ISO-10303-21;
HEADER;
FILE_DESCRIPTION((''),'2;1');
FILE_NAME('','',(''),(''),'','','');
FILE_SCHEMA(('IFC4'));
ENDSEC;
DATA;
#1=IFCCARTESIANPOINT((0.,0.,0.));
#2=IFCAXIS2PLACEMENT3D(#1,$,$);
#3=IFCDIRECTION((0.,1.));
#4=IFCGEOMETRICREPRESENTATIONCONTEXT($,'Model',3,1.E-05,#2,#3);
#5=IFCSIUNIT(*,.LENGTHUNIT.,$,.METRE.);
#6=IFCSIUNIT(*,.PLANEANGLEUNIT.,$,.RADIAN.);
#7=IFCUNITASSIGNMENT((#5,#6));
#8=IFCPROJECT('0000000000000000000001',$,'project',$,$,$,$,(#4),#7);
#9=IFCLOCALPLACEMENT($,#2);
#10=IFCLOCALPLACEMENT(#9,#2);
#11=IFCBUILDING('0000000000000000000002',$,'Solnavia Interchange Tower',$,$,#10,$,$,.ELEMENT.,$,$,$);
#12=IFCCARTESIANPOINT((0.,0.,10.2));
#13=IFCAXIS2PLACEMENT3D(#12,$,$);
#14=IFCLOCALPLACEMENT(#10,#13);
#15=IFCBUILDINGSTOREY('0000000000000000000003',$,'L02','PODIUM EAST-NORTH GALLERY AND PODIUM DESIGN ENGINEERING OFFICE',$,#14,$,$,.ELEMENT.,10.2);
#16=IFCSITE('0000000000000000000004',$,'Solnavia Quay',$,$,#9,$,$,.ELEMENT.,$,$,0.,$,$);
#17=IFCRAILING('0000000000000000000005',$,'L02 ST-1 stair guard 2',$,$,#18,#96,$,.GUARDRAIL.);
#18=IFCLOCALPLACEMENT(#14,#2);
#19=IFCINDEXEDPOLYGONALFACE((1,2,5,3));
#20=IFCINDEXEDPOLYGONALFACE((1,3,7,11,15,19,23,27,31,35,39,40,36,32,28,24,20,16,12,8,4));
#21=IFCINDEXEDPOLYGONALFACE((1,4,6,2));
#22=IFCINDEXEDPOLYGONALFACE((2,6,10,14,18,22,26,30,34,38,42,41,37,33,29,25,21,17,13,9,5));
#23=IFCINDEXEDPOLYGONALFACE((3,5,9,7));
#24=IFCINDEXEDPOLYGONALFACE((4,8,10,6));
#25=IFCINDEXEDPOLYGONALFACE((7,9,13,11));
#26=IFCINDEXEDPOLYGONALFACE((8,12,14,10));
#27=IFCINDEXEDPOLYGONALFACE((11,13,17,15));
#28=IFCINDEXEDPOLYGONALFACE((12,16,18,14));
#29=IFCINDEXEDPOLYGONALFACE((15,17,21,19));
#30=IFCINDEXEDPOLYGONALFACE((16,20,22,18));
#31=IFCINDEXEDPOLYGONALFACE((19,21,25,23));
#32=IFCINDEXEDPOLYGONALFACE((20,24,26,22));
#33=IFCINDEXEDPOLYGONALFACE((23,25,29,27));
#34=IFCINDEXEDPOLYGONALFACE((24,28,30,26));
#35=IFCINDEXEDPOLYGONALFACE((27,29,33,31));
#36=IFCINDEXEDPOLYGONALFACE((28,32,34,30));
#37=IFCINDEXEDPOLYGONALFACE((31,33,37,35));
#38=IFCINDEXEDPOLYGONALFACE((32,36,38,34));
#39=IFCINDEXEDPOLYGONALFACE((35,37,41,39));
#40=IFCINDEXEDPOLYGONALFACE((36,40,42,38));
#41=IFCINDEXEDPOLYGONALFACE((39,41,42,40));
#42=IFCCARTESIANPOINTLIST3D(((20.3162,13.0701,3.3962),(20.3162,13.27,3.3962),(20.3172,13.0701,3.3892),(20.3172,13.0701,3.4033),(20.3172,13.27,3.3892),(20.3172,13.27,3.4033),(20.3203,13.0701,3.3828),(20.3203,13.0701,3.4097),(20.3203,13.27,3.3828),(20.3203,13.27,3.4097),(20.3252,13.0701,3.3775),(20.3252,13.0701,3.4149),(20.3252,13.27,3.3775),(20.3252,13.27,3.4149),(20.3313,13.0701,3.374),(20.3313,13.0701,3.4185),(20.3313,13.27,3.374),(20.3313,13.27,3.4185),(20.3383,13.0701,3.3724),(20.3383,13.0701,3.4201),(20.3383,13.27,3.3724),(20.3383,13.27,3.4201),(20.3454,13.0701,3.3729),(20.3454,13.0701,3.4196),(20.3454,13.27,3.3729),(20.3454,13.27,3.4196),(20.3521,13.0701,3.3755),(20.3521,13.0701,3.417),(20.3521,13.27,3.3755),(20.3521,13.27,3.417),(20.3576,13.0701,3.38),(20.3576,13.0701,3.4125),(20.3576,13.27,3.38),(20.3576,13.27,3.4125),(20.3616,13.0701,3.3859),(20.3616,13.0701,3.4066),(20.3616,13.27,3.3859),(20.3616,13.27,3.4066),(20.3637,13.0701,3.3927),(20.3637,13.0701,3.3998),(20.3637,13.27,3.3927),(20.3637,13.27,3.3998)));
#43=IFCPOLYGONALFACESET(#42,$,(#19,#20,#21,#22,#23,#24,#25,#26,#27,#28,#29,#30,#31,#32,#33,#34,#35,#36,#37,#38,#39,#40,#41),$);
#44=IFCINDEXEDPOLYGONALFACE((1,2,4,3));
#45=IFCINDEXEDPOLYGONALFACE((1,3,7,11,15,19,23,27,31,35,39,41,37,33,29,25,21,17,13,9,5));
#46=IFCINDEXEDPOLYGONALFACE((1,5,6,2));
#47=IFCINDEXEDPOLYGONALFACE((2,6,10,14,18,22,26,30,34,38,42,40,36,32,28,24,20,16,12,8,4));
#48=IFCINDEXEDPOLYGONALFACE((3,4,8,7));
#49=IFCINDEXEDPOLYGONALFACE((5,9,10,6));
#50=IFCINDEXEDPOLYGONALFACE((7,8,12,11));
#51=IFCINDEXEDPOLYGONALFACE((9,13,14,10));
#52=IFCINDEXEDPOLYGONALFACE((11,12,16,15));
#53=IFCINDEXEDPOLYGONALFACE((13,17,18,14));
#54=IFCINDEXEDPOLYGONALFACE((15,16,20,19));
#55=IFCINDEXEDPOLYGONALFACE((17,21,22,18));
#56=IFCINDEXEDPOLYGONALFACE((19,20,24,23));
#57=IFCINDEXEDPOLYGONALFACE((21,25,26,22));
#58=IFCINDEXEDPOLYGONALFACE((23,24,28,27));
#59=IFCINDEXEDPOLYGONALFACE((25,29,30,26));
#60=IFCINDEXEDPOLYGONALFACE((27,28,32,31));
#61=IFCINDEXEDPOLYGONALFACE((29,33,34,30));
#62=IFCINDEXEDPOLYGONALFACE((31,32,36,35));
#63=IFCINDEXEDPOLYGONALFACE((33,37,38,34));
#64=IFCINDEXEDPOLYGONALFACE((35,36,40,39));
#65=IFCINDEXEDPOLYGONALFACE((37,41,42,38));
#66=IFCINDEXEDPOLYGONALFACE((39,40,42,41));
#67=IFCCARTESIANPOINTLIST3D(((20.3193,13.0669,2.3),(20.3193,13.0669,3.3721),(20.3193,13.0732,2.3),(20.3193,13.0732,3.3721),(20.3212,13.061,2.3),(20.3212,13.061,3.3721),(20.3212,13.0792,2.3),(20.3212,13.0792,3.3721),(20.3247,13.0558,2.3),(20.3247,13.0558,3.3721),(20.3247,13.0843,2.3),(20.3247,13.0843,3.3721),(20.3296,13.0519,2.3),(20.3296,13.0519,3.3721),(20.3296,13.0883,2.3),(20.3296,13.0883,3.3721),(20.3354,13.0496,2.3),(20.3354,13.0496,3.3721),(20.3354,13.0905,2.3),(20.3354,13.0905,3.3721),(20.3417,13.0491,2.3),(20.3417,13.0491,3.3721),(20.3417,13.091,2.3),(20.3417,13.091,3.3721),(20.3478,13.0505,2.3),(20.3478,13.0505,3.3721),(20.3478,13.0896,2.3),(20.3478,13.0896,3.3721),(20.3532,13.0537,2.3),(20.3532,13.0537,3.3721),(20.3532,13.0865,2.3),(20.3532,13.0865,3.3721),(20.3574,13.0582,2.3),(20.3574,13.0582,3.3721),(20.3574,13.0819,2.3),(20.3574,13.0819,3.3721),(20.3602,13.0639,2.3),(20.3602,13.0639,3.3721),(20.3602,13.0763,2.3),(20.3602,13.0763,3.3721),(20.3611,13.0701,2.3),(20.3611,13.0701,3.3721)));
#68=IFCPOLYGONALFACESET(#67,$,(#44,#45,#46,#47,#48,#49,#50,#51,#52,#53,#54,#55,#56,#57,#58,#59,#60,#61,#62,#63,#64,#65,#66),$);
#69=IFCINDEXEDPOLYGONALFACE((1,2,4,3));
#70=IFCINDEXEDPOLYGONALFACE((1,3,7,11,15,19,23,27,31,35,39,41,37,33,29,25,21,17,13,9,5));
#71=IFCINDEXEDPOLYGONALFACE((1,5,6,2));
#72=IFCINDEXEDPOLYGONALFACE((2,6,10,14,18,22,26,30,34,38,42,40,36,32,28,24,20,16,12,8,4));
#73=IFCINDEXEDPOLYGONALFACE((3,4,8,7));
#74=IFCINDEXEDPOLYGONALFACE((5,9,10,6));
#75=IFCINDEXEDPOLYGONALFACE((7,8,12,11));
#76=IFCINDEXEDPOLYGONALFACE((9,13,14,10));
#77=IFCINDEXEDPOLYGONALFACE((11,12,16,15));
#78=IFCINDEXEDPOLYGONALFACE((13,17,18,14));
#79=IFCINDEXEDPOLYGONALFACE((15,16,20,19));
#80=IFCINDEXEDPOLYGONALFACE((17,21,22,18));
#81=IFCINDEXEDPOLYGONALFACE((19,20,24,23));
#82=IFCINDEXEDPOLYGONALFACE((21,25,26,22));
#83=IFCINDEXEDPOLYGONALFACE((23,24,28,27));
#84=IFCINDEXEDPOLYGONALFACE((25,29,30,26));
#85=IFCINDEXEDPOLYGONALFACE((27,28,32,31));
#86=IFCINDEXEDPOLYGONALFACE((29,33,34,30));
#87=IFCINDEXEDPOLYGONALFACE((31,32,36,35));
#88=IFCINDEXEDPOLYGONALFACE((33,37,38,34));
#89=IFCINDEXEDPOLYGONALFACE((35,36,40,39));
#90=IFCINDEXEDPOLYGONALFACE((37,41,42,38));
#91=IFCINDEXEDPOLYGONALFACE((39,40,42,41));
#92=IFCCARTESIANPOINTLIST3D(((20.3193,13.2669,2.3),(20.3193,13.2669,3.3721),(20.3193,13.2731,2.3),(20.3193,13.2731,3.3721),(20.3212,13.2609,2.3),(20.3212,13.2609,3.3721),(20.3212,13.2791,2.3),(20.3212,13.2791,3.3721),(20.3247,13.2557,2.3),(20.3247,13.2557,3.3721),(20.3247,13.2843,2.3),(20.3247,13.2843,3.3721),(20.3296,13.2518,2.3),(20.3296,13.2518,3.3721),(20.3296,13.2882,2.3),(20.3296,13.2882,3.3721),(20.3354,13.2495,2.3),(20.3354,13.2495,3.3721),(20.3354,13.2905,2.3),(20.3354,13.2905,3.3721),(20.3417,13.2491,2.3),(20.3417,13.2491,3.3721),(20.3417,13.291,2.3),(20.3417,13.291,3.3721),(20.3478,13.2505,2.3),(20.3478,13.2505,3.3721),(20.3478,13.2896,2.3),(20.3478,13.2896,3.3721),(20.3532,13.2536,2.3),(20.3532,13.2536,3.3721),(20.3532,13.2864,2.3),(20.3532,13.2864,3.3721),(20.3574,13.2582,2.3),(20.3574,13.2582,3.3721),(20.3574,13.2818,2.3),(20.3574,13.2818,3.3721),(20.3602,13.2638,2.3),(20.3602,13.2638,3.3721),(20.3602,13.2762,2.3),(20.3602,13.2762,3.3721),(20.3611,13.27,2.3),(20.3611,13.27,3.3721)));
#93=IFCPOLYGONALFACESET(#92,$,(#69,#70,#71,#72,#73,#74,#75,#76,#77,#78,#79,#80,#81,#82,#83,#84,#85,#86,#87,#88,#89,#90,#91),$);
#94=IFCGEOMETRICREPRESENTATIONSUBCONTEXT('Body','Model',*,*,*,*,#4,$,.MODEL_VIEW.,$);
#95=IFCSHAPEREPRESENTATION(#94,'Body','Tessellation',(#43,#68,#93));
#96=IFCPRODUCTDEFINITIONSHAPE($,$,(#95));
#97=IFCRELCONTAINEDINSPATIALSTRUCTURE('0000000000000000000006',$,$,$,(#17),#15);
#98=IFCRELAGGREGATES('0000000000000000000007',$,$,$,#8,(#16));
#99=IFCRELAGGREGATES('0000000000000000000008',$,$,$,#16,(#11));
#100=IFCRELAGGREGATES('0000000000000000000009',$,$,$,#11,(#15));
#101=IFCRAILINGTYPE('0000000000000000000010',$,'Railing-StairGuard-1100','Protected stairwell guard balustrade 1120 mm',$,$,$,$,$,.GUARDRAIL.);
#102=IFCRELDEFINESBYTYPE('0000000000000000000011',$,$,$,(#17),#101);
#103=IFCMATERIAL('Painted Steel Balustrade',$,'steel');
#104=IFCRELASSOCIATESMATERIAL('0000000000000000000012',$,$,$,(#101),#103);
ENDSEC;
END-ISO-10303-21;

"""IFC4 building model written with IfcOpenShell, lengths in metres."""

from ifc_helpers import new_model, si_unit, direction, frame, origin, origin_2d, place, context, subcontext, project, spatial, circle, extrude, material, type_object, element, save


model = new_model("IFC4")

# Units and contexts
model_context = context("Model", 3, precision=1e-05, world=origin(), true_north=direction((0.0, 1.0)))
body_context = subcontext(model_context, "Body", "Model", "MODEL_VIEW")
ifc_project = project(units=[si_unit("LENGTHUNIT", "METRE"), si_unit("PLANEANGLEUNIT", "RADIAN")], contexts=[model_context])

# Site, building, storey
site_placement = place(None, origin())
site = spatial("IfcSite", under=ifc_project, at=site_placement, Name="Solnavia Quay", CompositionType="ELEMENT", RefElevation=0.0)
building_placement = place(site_placement, origin())
building = spatial("IfcBuilding", under=site, at=building_placement, Name="Solnavia Interchange Tower", CompositionType="ELEMENT")
storey_placement = place(building_placement, frame((0.0, 0.0, 10.2)))
storey = spatial("IfcBuildingStorey", under=building, at=storey_placement, Name="L02", Description="PODIUM EAST-NORTH GALLERY AND PODIUM DESIGN ENGINEERING OFFICE", CompositionType="ELEMENT", Elevation=10.2)

# Railing
ifc_material_1 = material(Name="Painted Steel Balustrade", Category="steel")
railing_type_1 = type_object("IfcRailingType", Name="Railing-StairGuard-1100", Description="Protected stairwell guard balustrade 1120 mm", PredefinedType="GUARDRAIL", material=ifc_material_1)
railing_1_placement = place(storey_placement, frame((20.3401, 13.0701, 2.3)))
element("IfcRailing", 1, at=railing_1_placement, inside=storey, type_object=railing_type_1, Name="L02 ST-1 stair guard 2", PredefinedType="GUARDRAIL", context=body_context, shape_type="SweptSolid", body=[
    extrude(circle(Radius=0.0239, at=origin_2d()), frame((0.0, 0.0, 1.0962), z_axis=(0.0, 1.0, 0.0), x_axis=(-1.0, 0.0, 0.0)), (0.0, 0.0, 1.0), 0.2),
    extrude(circle(Radius=0.021, at=origin_2d()), origin(), (0.0, 0.0, 1.0), 1.072),
    extrude(circle(Radius=0.021, at=origin_2d()), frame((0.0, 0.2, 0.0)), (0.0, 0.0, 1.0), 1.072),
])

save(model, "model.ifc")
